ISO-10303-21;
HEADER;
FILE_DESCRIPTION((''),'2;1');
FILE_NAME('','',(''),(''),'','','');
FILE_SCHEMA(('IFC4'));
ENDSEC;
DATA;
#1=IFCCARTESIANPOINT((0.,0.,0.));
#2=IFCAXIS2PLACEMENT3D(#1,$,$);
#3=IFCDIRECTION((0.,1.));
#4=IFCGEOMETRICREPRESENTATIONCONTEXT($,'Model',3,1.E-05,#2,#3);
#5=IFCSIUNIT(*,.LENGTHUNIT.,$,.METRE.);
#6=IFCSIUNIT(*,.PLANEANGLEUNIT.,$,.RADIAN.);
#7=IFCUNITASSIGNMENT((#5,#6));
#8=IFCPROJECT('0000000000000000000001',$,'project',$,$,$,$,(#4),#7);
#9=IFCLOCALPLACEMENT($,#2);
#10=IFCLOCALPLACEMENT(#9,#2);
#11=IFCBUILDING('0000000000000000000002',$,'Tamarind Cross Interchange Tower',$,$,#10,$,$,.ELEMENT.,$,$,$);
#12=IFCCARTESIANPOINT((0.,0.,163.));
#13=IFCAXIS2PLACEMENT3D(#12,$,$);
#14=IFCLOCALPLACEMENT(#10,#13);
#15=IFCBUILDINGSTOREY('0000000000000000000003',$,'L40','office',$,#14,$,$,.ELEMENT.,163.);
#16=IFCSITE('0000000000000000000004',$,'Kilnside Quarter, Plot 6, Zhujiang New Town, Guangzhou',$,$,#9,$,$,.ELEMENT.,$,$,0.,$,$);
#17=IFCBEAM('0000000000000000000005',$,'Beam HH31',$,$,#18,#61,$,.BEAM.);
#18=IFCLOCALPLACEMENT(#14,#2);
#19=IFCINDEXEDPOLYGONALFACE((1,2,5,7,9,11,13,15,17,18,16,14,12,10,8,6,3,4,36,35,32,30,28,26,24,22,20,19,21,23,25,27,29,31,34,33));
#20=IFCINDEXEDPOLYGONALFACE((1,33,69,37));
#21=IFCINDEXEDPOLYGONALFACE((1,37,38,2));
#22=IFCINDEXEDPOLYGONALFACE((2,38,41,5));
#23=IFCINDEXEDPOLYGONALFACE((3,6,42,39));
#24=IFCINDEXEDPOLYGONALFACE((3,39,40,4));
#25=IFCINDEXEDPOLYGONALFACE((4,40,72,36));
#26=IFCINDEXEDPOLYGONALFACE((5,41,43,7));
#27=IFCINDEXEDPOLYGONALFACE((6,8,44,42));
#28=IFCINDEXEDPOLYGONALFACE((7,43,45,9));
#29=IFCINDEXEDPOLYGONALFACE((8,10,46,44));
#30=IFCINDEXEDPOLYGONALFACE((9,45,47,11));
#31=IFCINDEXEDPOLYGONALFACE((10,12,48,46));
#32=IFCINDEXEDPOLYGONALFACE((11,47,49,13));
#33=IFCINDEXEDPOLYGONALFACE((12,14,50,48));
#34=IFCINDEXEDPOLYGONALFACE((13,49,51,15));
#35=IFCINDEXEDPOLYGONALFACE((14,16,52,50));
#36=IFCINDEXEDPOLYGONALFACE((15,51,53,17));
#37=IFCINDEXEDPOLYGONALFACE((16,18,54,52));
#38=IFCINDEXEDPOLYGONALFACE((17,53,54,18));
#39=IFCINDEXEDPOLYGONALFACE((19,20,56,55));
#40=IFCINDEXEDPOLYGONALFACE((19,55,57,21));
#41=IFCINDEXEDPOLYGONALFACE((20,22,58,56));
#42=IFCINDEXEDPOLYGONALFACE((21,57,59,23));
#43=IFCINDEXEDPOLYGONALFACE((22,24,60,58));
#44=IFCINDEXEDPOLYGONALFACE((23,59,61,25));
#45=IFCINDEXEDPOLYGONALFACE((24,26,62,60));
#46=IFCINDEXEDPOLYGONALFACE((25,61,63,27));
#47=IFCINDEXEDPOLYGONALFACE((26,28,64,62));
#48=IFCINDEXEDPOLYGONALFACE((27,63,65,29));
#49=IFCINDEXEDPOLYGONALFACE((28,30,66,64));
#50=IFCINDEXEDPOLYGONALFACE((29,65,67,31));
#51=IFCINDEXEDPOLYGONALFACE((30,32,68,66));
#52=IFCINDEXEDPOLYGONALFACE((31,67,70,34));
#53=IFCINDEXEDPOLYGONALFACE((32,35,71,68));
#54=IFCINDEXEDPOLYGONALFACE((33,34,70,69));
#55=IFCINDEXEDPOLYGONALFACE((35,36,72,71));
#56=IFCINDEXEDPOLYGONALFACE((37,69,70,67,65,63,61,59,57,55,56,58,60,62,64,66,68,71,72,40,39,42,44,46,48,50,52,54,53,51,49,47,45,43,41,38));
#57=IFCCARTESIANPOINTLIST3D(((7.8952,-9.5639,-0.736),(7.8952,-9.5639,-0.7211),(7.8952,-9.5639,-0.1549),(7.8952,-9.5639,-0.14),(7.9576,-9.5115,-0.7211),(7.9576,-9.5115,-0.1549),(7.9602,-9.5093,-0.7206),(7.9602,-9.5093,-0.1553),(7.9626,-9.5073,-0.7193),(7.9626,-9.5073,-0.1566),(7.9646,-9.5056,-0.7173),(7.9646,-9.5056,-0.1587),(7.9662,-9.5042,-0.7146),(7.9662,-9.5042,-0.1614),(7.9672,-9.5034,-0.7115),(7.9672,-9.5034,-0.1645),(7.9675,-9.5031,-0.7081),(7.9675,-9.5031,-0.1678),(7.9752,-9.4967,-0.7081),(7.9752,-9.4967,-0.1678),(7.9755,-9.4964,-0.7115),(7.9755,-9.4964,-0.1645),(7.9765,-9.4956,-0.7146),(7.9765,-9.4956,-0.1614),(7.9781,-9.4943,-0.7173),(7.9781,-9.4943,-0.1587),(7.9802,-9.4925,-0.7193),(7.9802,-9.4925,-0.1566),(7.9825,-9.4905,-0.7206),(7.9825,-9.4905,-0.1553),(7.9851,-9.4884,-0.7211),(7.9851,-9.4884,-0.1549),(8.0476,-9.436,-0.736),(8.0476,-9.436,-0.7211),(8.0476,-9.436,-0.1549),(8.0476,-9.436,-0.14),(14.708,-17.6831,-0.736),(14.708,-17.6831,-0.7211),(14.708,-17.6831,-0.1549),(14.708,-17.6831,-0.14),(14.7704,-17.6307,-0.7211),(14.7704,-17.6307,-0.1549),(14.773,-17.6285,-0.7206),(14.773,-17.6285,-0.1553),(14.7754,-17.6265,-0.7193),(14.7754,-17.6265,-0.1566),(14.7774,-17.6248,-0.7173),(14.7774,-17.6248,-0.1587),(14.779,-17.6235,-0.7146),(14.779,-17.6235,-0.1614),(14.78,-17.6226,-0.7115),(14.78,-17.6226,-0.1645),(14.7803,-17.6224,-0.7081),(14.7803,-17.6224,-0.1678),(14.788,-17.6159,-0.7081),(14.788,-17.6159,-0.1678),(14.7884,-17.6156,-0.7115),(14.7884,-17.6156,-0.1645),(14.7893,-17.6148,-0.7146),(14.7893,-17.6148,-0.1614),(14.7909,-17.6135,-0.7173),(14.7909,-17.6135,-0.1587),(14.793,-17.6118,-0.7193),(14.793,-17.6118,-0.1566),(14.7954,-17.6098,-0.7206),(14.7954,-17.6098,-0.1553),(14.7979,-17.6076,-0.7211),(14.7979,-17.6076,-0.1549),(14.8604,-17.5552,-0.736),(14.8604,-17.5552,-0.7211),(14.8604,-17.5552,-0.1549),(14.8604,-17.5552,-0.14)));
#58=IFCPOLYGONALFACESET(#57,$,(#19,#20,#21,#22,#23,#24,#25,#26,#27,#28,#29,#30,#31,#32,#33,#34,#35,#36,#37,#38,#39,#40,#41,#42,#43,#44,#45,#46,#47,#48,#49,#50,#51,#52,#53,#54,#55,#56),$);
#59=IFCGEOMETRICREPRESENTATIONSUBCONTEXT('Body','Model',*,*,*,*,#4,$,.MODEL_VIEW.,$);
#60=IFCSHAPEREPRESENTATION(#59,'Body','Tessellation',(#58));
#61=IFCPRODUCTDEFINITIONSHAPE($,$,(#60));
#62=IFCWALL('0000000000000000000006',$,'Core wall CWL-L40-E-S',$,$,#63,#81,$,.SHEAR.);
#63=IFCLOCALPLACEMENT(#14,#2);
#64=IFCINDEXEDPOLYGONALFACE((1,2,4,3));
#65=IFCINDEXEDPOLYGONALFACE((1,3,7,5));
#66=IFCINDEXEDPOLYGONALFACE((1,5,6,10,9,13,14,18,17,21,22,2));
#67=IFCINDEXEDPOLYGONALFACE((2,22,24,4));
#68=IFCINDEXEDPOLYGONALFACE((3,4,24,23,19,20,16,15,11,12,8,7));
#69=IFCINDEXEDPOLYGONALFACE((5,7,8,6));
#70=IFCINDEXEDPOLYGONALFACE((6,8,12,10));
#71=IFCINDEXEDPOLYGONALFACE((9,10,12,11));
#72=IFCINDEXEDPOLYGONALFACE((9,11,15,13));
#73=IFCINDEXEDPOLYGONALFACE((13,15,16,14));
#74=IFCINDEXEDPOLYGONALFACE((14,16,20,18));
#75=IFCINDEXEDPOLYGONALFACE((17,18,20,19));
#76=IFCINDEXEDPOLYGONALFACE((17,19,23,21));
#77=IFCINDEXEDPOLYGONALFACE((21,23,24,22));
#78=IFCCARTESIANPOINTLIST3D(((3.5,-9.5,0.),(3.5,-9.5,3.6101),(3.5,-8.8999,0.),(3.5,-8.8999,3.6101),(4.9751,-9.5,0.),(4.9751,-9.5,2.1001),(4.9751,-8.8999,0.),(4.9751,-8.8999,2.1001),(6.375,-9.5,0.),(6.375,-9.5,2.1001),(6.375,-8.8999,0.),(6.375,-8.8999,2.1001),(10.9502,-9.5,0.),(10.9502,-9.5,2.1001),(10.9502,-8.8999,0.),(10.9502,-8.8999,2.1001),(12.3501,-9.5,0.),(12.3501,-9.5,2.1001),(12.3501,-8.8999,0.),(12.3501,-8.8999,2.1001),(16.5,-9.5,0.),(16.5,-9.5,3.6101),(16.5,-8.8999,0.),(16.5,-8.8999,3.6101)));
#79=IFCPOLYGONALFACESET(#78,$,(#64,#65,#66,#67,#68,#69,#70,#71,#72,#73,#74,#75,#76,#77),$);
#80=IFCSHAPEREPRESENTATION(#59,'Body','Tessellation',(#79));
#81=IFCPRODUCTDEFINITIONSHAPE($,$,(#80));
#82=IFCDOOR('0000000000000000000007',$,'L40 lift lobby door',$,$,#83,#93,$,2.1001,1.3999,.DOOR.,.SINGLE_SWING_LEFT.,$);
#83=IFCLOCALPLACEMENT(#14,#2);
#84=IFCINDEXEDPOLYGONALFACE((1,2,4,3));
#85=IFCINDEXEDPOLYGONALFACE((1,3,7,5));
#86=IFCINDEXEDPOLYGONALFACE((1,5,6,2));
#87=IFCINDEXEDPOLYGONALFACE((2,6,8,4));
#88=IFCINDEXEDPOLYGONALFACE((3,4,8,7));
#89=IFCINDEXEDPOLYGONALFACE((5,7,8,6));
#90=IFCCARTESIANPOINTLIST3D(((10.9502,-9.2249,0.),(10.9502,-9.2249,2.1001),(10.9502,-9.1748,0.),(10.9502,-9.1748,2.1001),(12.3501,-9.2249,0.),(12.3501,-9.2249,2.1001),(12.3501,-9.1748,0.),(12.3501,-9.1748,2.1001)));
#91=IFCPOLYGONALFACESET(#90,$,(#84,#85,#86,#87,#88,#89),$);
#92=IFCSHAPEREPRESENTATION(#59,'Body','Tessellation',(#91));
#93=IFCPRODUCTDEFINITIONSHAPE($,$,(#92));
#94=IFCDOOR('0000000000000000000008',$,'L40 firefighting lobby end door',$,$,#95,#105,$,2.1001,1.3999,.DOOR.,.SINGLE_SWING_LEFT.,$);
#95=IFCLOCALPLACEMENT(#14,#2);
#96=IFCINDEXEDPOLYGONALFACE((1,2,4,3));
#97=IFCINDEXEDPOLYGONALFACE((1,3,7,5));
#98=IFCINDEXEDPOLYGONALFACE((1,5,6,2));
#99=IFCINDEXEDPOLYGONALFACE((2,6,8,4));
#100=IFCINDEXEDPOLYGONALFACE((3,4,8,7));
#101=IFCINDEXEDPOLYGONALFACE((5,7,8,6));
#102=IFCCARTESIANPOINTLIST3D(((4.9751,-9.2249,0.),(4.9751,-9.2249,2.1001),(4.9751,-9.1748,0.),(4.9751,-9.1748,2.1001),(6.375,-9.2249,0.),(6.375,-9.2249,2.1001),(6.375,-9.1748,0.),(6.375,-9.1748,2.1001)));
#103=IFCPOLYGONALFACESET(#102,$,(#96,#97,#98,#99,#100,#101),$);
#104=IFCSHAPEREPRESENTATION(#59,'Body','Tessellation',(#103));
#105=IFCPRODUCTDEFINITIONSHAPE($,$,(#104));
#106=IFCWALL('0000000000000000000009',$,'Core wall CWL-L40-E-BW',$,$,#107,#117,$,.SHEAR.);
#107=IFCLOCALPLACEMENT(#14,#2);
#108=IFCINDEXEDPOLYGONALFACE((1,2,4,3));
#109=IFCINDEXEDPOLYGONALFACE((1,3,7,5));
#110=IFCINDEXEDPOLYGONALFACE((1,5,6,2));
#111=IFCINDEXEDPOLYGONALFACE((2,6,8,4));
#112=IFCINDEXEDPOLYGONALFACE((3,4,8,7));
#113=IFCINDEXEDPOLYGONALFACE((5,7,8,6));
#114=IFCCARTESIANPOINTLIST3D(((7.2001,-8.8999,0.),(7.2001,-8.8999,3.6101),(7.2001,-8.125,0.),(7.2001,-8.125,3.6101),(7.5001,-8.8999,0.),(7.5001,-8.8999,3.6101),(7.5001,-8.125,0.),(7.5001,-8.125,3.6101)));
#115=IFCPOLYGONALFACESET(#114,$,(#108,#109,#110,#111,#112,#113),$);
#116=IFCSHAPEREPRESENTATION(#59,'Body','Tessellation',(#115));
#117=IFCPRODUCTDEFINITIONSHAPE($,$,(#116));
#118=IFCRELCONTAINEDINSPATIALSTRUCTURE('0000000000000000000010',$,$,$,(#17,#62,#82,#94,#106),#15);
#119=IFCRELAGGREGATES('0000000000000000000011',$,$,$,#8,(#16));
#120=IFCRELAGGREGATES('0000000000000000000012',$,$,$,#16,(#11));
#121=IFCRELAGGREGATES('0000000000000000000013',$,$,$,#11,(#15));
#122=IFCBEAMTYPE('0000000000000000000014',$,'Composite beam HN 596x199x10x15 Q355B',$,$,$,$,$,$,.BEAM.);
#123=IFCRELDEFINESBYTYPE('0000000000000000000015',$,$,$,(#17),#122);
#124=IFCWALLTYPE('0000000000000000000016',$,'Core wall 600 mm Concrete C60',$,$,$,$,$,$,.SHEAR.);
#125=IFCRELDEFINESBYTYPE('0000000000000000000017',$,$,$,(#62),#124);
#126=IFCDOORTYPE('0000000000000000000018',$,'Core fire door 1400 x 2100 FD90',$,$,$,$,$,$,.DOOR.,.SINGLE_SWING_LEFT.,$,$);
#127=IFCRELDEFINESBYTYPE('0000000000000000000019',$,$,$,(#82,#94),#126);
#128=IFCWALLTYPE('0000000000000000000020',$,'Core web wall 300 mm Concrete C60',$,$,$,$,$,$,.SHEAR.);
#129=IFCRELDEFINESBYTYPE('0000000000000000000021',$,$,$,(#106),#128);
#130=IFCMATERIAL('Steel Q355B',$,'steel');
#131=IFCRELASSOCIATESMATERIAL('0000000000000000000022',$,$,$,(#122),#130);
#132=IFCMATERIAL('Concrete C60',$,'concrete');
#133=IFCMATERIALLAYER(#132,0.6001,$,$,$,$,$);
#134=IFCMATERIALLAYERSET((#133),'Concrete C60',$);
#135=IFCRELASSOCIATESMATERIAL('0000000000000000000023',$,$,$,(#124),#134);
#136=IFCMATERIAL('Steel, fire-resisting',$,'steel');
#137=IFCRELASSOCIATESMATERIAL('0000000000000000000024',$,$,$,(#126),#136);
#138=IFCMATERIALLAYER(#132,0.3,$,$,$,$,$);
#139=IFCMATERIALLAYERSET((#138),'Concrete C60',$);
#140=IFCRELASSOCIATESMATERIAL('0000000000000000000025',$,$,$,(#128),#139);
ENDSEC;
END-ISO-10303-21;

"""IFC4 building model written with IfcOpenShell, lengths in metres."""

from ifc_helpers import new_model, si_unit, direction, frame, frame_2d, origin, origin_2d, place, context, subcontext, project, spatial, rectangle, i_section, extrude, material, layer, layer_set, material_profile, profile_set, type_object, element, fill, save


model = new_model("IFC4")

# Units and contexts
model_context = context("Model", 3, precision=1e-05, world=origin(), true_north=direction((0.0, 1.0)))
body_context = subcontext(model_context, "Body", "Model", "MODEL_VIEW")
ifc_project = project(units=[si_unit("LENGTHUNIT", "METRE"), si_unit("PLANEANGLEUNIT", "RADIAN")], contexts=[model_context])

# Site, building, storey
site_placement = place(None, origin())
site = spatial("IfcSite", under=ifc_project, at=site_placement, Name="Kilnside Quarter, Plot 6, Zhujiang New Town, Guangzhou", CompositionType="ELEMENT", RefElevation=0.0)
building_placement = place(site_placement, origin())
building = spatial("IfcBuilding", under=site, at=building_placement, Name="Tamarind Cross Interchange Tower", CompositionType="ELEMENT")
storey_placement = place(building_placement, frame((0.0, 0.0, 163.0)))
storey = spatial("IfcBuildingStorey", under=building, at=storey_placement, Name="L40", Description="office", CompositionType="ELEMENT", Elevation=163.0)

# Beam
ifc_material_1 = material(Name="Steel Q355B", Category="steel")
ifc_material_profile = material_profile(ifc_material_1, i_section(OverallWidth=0.199, OverallDepth=0.5959, WebThickness=0.01, FlangeThickness=0.0149, FilletRadius=0.0129, at=origin_2d()), Name="HN 596x199x10x15")
ifc_profile_set = profile_set([ifc_material_profile], Name="Steel Q355B")
beam_type = type_object("IfcBeamType", Name="Composite beam HN 596x199x10x15 Q355B", PredefinedType="BEAM", material=ifc_profile_set)
beam_placement = place(storey_placement, frame((14.7842, -17.6191, -0.438), z_axis=(-0.642786, 0.766046, 0.0), x_axis=(-0.766046, -0.642786, 0.0)))
element("IfcBeam", 1, at=beam_placement, inside=storey, type_object=beam_type, Name="Beam HH31", PredefinedType="BEAM", context=body_context, shape_type="SweptSolid", body=[
    extrude(i_section(OverallWidth=0.199, OverallDepth=0.5959, WebThickness=0.01, FlangeThickness=0.0149, FilletRadius=0.0129, at=origin_2d()), origin(), (0.0, 0.0, 1.0), 10.5989),
])

# Wall, openings, doors
ifc_material_2 = material(Name="Concrete C60", Category="concrete")
ifc_layer_1 = layer(ifc_material_2, 0.6001)
ifc_layer_set_1 = layer_set([ifc_layer_1], Name="Concrete C60")
wall_type_1 = type_object("IfcWallType", Name="Core wall 600 mm Concrete C60", PredefinedType="SHEAR", material=ifc_layer_set_1)
wall_1_placement = place(storey_placement, frame((16.5, -9.2, 0.0), z_axis=(0.0, 0.0, 1.0), x_axis=(-1.0, 0.0, 0.0)))
wall_1 = element("IfcWall", 2, at=wall_1_placement, inside=storey, type_object=wall_type_1, Name="Core wall CWL-L40-E-S", PredefinedType="SHEAR", context=body_context, shape_type="SweptSolid", body=[
    extrude(rectangle(XDim=13.0, YDim=0.6001, at=frame_2d((6.5, 0.0))), origin(), (0.0, 0.0, 1.0), 3.6101),
])
opening_1_placement = place(wall_1_placement, frame((4.1499, 0.0, 0.0)))
opening_1 = element("IfcOpeningElement", 3, at=opening_1_placement, cuts=wall_1, PredefinedType="OPENING", context=body_context, shape_type="SweptSolid", body=[
    extrude(rectangle(XDim=1.3999, YDim=2.1001, at=frame_2d((0.7, 1.05))), frame((0.0, 0.3101, 0.0), z_axis=(0.0, -1.0, 0.0), x_axis=(1.0, 0.0, 0.0)), (0.0, 0.0, 1.0), 0.6201),
])
opening_2_placement = place(wall_1_placement, frame((10.125, 0.0, 0.0)))
opening_2 = element("IfcOpeningElement", 4, at=opening_2_placement, cuts=wall_1, PredefinedType="OPENING", context=body_context, shape_type="SweptSolid", body=[
    extrude(rectangle(XDim=1.3999, YDim=2.1001, at=frame_2d((0.7, 1.05))), frame((0.0, 0.3101, 0.0), z_axis=(0.0, -1.0, 0.0), x_axis=(1.0, 0.0, 0.0)), (0.0, 0.0, 1.0), 0.6201),
])
ifc_material_3 = material(Name="Steel, fire-resisting", Category="steel")
door_type_1 = type_object("IfcDoorType", Name="Core fire door 1400 x 2100 FD90", OperationType="SINGLE_SWING_LEFT", PredefinedType="DOOR", material=ifc_material_3)
door_1_placement = place(opening_1_placement, origin())
door_1 = element("IfcDoor", 5, at=door_1_placement, inside=storey, type_object=door_type_1, Name="L40 lift lobby door", OperationType="SINGLE_SWING_LEFT", OverallHeight=2.1001, OverallWidth=1.3999, PredefinedType="DOOR", context=body_context, shape_type="SweptSolid", body=[
    extrude(rectangle(XDim=1.3999, YDim=2.1001, at=frame_2d((0.7, 1.05))), frame((0.0, 0.0249, 0.0), z_axis=(0.0, -1.0, 0.0), x_axis=(1.0, 0.0, 0.0)), (0.0, 0.0, 1.0), 0.05),
])
fill(opening_1, door_1)
door_2_placement = place(opening_2_placement, origin())
door_2 = element("IfcDoor", 6, at=door_2_placement, inside=storey, type_object=door_type_1, Name="L40 firefighting lobby end door", OperationType="SINGLE_SWING_LEFT", OverallHeight=2.1001, OverallWidth=1.3999, PredefinedType="DOOR", context=body_context, shape_type="SweptSolid", body=[
    extrude(rectangle(XDim=1.3999, YDim=2.1001, at=frame_2d((0.7, 1.05))), frame((0.0, 0.0249, 0.0), z_axis=(0.0, -1.0, 0.0), x_axis=(1.0, 0.0, 0.0)), (0.0, 0.0, 1.0), 0.05),
])
fill(opening_2, door_2)

# Wall
ifc_layer_2 = layer(ifc_material_2, 0.3)
ifc_layer_set_2 = layer_set([ifc_layer_2], Name="Concrete C60")
wall_type_2 = type_object("IfcWallType", Name="Core web wall 300 mm Concrete C60", PredefinedType="SHEAR", material=ifc_layer_set_2)
wall_2_placement = place(storey_placement, frame((7.3501, -8.8999, 0.0), z_axis=(0.0, 0.0, 1.0), x_axis=(0.0, 1.0, 0.0)))
element("IfcWall", 7, at=wall_2_placement, inside=storey, type_object=wall_type_2, Name="Core wall CWL-L40-E-BW", PredefinedType="SHEAR", context=body_context, shape_type="SweptSolid", body=[
    extrude(rectangle(XDim=0.7749, YDim=0.3, at=frame_2d((0.3875, 0.0))), origin(), (0.0, 0.0, 1.0), 3.6101),
])

save(model, "model.ifc")
